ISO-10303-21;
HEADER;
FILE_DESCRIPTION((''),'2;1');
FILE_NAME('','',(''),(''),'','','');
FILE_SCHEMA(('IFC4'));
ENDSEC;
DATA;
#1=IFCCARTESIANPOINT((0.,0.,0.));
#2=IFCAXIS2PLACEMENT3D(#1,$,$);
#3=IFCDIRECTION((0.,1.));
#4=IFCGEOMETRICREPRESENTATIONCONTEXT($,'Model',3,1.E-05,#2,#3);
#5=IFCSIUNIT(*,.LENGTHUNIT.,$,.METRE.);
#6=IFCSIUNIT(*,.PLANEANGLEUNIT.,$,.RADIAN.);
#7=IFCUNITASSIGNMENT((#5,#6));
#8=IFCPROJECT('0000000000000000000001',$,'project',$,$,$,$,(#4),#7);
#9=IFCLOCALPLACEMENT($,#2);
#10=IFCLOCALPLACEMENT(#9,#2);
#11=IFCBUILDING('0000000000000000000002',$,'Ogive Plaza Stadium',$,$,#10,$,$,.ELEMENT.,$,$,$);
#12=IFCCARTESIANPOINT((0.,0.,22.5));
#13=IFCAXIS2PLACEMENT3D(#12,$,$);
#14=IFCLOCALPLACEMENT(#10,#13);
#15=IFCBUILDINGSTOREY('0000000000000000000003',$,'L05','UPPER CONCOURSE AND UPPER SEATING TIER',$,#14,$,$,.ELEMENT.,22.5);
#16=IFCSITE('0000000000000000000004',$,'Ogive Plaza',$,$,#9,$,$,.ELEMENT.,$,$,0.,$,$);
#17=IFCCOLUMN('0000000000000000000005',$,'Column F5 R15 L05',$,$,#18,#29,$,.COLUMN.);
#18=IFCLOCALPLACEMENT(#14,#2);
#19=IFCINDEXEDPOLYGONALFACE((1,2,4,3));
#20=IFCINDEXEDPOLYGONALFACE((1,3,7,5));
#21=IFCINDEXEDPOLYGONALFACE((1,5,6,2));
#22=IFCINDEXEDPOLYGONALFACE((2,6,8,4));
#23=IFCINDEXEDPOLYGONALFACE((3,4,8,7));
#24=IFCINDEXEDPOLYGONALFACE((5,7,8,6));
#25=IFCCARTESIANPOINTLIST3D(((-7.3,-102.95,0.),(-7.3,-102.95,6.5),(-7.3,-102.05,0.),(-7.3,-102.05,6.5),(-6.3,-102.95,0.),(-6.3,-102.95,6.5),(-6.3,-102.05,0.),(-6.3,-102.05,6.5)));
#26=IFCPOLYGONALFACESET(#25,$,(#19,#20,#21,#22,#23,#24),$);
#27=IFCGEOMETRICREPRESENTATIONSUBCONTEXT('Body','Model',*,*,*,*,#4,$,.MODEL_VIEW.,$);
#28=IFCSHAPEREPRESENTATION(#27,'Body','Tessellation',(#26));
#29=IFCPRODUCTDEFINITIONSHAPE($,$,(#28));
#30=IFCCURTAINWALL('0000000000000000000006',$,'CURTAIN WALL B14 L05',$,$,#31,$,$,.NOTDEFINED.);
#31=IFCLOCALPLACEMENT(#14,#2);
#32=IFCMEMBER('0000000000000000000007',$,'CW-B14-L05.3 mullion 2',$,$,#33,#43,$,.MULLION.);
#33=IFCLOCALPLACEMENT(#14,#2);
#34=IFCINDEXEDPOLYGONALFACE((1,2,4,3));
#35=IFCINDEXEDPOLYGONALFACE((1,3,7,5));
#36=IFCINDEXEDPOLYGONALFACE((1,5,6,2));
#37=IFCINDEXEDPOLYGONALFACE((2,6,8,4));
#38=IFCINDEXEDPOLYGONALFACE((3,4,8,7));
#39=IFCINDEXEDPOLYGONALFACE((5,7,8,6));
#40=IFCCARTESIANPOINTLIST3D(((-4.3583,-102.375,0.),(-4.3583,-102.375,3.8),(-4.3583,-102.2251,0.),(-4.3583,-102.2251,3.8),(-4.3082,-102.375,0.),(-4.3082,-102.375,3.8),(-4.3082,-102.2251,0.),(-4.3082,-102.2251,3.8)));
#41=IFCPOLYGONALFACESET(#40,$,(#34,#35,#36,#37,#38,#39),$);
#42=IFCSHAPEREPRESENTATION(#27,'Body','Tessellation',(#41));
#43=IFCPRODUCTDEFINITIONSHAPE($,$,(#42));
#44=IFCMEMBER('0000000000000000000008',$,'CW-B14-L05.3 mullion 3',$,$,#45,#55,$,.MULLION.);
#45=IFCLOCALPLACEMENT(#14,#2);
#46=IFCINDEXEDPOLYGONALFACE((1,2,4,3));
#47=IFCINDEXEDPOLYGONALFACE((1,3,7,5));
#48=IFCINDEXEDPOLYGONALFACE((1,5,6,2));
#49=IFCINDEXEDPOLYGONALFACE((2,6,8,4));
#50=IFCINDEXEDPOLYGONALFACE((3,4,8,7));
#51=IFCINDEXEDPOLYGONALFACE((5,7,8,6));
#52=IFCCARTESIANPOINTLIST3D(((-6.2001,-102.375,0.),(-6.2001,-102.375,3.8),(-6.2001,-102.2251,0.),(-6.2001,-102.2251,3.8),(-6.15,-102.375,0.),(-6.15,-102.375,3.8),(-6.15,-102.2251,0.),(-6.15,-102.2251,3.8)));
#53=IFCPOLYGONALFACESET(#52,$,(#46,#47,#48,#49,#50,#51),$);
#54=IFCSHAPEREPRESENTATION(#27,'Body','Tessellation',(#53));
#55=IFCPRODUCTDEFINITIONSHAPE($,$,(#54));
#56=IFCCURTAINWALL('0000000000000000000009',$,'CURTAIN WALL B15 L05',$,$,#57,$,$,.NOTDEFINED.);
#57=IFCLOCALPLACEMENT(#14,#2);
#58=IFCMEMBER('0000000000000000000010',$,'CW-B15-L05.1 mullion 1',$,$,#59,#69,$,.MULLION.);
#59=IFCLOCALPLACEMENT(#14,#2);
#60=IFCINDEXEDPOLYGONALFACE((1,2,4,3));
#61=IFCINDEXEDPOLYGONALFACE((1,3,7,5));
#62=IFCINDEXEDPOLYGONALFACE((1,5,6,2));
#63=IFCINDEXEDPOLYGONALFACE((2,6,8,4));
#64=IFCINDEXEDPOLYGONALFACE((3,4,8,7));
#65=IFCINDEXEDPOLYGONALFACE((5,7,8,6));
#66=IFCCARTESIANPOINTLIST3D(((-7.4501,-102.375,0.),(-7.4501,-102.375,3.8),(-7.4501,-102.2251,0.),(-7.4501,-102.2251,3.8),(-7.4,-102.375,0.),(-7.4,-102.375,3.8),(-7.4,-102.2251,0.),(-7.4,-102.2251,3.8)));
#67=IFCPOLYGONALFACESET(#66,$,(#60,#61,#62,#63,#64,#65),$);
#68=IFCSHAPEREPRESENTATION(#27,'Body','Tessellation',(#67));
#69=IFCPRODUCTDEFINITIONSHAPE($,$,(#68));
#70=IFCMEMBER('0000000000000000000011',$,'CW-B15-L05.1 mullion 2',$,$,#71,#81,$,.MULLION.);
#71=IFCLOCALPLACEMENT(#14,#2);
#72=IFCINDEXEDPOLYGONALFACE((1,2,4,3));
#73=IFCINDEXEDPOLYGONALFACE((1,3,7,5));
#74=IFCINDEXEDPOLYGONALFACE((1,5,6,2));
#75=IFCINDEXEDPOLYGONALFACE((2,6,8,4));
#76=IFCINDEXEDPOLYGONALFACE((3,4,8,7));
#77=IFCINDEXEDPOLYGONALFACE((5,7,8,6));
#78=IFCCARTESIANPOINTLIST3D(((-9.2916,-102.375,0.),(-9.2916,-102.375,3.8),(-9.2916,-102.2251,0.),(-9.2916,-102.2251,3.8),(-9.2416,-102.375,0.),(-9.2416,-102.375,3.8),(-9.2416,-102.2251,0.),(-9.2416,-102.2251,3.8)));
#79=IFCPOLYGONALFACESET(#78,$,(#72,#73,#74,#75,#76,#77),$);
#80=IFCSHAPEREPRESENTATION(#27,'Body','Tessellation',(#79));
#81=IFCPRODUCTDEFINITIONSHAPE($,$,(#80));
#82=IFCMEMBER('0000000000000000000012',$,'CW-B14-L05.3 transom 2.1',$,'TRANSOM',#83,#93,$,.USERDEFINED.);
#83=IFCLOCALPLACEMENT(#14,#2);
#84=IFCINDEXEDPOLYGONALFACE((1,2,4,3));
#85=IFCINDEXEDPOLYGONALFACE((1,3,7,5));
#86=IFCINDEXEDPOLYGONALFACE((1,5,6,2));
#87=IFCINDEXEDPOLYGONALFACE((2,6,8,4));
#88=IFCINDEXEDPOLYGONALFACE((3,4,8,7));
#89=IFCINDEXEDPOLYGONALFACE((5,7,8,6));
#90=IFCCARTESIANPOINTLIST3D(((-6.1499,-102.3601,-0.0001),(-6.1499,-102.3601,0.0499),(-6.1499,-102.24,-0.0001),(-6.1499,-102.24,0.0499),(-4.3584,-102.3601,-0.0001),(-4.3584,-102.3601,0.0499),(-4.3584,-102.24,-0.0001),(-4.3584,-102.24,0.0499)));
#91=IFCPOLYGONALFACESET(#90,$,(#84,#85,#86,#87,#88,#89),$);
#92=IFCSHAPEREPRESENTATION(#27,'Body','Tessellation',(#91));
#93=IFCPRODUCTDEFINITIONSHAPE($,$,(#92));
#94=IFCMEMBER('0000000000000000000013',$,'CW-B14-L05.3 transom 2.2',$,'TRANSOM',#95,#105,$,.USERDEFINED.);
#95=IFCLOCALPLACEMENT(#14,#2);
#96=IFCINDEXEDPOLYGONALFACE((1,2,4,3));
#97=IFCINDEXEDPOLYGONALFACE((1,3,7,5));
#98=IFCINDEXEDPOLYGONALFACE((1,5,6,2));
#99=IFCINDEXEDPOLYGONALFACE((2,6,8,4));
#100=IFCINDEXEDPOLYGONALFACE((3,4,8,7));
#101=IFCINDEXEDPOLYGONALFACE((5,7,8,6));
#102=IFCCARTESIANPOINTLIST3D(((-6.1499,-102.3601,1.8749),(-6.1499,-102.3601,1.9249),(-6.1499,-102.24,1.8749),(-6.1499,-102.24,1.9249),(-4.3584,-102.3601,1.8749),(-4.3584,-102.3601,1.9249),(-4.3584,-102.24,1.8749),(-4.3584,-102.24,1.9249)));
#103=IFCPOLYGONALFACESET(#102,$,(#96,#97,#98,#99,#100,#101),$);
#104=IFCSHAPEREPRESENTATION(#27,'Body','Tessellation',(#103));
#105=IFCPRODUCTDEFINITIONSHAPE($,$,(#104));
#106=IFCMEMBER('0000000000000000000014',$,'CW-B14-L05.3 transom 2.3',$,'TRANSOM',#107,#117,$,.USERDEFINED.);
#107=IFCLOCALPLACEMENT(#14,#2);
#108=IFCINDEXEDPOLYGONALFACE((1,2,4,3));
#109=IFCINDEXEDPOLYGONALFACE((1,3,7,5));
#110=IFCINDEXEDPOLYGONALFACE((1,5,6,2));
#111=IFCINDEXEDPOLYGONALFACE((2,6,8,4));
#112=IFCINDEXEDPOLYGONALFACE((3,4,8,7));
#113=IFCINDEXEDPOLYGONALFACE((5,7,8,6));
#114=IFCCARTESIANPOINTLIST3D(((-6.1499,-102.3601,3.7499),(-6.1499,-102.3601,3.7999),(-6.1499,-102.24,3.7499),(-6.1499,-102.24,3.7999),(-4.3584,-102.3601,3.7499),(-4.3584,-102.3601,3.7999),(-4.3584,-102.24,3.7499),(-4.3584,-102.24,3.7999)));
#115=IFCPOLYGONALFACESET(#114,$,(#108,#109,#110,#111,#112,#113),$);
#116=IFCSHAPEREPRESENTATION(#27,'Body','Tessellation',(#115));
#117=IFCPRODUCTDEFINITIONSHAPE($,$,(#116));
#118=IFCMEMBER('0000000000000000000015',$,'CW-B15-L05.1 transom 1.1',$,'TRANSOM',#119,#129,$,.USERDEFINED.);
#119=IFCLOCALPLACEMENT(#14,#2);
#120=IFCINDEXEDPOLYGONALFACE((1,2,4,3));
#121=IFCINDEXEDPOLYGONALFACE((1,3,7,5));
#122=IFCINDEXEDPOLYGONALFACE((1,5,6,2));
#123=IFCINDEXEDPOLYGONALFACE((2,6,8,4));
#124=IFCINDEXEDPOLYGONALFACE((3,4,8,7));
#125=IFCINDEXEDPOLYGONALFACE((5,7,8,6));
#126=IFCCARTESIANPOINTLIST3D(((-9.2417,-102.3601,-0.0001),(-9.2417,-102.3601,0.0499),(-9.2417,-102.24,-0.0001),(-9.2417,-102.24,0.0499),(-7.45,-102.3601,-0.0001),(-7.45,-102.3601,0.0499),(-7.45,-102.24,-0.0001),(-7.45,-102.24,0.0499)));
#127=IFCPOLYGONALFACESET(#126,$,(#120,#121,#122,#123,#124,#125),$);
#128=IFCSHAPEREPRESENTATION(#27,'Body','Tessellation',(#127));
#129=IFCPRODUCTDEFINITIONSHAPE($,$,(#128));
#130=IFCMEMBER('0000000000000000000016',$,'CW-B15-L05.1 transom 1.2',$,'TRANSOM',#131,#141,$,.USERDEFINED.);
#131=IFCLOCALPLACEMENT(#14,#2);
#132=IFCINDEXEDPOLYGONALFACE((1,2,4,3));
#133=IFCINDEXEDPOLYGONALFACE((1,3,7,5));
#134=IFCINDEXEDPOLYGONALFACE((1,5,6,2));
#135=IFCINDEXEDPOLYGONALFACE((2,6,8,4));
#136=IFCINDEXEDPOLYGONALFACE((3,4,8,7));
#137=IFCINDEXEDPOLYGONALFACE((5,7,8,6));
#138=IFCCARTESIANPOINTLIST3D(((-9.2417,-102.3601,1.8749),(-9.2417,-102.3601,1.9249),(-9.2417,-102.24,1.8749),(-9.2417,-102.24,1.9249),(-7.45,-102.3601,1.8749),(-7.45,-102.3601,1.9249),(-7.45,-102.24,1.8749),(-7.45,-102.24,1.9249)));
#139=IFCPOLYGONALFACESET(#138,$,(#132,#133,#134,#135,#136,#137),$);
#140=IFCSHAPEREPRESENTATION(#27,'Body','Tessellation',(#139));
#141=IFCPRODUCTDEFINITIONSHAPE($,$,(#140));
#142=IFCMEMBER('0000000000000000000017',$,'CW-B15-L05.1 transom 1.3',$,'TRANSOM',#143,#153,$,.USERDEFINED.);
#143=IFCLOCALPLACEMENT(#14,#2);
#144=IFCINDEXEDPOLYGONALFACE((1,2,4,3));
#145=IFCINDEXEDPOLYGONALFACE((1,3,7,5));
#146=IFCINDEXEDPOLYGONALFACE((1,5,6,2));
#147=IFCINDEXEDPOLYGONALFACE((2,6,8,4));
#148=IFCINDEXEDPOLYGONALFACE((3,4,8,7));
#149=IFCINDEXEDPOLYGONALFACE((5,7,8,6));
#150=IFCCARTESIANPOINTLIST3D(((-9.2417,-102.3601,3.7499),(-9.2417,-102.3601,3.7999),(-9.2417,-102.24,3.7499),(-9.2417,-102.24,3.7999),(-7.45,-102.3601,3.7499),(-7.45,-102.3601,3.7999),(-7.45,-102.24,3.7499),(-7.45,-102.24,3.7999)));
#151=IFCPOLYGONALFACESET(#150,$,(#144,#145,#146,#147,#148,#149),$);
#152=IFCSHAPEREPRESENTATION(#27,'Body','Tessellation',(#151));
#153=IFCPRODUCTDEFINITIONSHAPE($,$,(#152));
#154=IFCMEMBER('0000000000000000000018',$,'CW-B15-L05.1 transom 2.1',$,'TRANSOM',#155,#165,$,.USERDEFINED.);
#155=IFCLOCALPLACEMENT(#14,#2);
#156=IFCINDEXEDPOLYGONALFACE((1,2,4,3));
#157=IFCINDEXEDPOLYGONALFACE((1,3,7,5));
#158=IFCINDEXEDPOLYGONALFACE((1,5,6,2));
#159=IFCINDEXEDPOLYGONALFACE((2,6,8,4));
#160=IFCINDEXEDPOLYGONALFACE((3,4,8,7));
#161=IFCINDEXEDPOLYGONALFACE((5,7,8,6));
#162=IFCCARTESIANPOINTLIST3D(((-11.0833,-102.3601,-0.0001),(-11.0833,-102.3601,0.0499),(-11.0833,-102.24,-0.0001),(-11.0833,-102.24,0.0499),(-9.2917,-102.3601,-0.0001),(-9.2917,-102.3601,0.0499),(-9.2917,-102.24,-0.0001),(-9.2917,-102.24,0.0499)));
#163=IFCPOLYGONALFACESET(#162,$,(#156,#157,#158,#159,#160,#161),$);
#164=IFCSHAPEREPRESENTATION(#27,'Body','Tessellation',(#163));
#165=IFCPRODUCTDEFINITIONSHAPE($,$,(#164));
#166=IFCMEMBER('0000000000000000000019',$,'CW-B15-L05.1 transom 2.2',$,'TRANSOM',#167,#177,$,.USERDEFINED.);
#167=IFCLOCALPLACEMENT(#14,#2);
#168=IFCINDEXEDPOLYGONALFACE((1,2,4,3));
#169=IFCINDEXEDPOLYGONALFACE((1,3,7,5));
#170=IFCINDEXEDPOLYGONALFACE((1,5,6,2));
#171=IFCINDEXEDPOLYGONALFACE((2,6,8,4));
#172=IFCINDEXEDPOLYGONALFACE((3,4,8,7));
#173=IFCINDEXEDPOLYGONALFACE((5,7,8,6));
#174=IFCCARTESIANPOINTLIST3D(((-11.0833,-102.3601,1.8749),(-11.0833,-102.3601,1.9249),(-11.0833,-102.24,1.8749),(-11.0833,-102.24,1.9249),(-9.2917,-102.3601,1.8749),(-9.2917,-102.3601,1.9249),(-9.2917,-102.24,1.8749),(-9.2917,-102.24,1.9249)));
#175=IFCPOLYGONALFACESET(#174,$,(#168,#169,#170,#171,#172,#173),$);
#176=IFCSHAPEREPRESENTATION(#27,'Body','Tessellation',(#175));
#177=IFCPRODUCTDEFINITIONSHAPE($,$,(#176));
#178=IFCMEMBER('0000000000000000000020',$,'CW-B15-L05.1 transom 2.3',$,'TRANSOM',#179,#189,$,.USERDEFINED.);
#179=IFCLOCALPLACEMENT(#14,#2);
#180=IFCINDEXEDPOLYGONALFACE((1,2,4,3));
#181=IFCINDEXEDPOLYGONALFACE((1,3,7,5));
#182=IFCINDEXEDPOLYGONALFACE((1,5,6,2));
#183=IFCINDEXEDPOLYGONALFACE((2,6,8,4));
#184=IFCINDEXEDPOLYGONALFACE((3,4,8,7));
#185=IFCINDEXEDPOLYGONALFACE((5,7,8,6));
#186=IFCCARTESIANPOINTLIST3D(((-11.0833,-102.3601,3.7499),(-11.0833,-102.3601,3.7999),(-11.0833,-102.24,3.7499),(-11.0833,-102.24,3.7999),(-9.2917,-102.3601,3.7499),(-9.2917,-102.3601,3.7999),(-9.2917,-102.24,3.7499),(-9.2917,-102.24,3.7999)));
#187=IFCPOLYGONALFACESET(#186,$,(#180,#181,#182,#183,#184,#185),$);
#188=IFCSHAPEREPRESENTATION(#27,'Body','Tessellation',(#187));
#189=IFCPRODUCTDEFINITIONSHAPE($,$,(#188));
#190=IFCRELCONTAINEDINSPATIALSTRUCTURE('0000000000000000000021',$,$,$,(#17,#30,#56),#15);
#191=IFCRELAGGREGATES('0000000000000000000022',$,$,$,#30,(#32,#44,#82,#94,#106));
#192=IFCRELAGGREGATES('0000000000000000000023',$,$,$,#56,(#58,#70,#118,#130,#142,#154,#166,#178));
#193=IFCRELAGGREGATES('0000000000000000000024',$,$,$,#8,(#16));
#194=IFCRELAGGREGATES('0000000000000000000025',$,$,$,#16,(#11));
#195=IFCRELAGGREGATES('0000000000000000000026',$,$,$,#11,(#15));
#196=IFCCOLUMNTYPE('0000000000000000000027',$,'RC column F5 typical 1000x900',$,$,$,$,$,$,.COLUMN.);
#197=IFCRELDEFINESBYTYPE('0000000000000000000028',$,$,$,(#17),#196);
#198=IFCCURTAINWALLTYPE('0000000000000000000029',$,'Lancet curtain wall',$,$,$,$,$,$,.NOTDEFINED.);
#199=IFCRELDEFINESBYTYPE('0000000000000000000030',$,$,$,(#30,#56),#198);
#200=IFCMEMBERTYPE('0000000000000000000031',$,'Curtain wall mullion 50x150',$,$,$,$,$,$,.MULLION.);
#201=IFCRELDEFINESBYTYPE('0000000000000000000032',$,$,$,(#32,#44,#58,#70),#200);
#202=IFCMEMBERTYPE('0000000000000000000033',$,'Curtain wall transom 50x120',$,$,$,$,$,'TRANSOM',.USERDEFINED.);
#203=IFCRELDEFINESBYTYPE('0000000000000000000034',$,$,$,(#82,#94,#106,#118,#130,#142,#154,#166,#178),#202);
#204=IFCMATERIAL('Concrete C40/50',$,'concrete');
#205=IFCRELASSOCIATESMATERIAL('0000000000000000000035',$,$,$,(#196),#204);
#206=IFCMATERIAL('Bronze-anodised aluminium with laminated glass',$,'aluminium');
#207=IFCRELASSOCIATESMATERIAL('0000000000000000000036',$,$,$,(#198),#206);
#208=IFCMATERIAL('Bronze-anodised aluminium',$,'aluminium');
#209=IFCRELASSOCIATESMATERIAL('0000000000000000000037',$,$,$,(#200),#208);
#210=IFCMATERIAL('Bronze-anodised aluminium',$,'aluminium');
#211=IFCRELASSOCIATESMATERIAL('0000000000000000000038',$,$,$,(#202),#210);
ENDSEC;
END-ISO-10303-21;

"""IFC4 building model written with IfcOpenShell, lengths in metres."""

from ifc_helpers import new_model, si_unit, direction, frame, origin, origin_2d, place, context, subcontext, project, spatial, rectangle, extrude, material, material_profile, profile_set, type_object, element, aggregate, save


model = new_model("IFC4")

# Units and contexts
model_context = context("Model", 3, precision=1e-05, world=origin(), true_north=direction((0.0, 1.0)))
body_context = subcontext(model_context, "Body", "Model", "MODEL_VIEW")
ifc_project = project(units=[si_unit("LENGTHUNIT", "METRE"), si_unit("PLANEANGLEUNIT", "RADIAN")], contexts=[model_context])

# Site, building, storey
site_placement = place(None, origin())
site = spatial("IfcSite", under=ifc_project, at=site_placement, Name="Ogive Plaza", CompositionType="ELEMENT", RefElevation=0.0)
building_placement = place(site_placement, origin())
building = spatial("IfcBuilding", under=site, at=building_placement, Name="Ogive Plaza Stadium", CompositionType="ELEMENT")
storey_placement = place(building_placement, frame((0.0, 0.0, 22.5)))
storey = spatial("IfcBuildingStorey", under=building, at=storey_placement, Name="L05", Description="UPPER CONCOURSE AND UPPER SEATING TIER", CompositionType="ELEMENT", Elevation=22.5)

# Column
ifc_material_1 = material(Name="Concrete C40/50", Category="concrete")
ifc_material_profile_1 = material_profile(ifc_material_1, rectangle(XDim=1.0, YDim=0.8999, at=origin_2d()), Name="RC 1000x900")
ifc_profile_set_1 = profile_set([ifc_material_profile_1], Name="Concrete C40/50")
column_type = type_object("IfcColumnType", Name="RC column F5 typical 1000x900", PredefinedType="COLUMN", material=ifc_profile_set_1)
column_placement = place(storey_placement, frame((-6.8, -102.5, 0.0), z_axis=(0.0, 0.0, 1.0), x_axis=(1.0, 0.0, 0.0)))
element("IfcColumn", 1, at=column_placement, inside=storey, type_object=column_type, Name="Column F5 R15 L05", PredefinedType="COLUMN", context=body_context, shape_type="SweptSolid", body=[
    extrude(rectangle(XDim=1.0, YDim=0.8999, at=origin_2d()), origin(), (0.0, 0.0, 1.0), 6.5),
])

# Curtain walls, members
ifc_material_2 = material(Name="Bronze-anodised aluminium with laminated glass", Category="aluminium")
curtain_wall_type = type_object("IfcCurtainWallType", Name="Lancet curtain wall", PredefinedType="NOTDEFINED", material=ifc_material_2)
curtain_wall_1_placement = place(storey_placement, origin())
curtain_wall_1 = element("IfcCurtainWall", 2, at=curtain_wall_1_placement, inside=storey, type_object=curtain_wall_type, Name="CURTAIN WALL B14 L05", PredefinedType="NOTDEFINED")
ifc_material_3 = material(Name="Bronze-anodised aluminium", Category="aluminium")
ifc_material_profile_2 = material_profile(ifc_material_3, rectangle(XDim=0.1499, YDim=0.05, at=origin_2d()), Name="AL 150x50")
ifc_profile_set_2 = profile_set([ifc_material_profile_2], Name="Bronze-anodised aluminium")
member_type_1 = type_object("IfcMemberType", Name="Curtain wall mullion 50x150", PredefinedType="MULLION", material=ifc_profile_set_2)
member_1_placement = place(storey_placement, frame((-4.3333, -102.3, 0.0), z_axis=(0.0, 0.0, 1.0), x_axis=(0.0, -1.0, 0.0)))
member_1 = element("IfcMember", 3, at=member_1_placement, type_object=member_type_1, Name="CW-B14-L05.3 mullion 2", PredefinedType="MULLION", context=body_context, shape_type="SweptSolid", body=[
    extrude(rectangle(XDim=0.1499, YDim=0.05, at=origin_2d()), origin(), (0.0, 0.0, 1.0), 3.8),
])
member_2_placement = place(storey_placement, frame((-6.175, -102.3, 0.0), z_axis=(0.0, 0.0, 1.0), x_axis=(0.0, -1.0, 0.0)))
member_2 = element("IfcMember", 4, at=member_2_placement, type_object=member_type_1, Name="CW-B14-L05.3 mullion 3", PredefinedType="MULLION", context=body_context, shape_type="SweptSolid", body=[
    extrude(rectangle(XDim=0.1499, YDim=0.05, at=origin_2d()), origin(), (0.0, 0.0, 1.0), 3.8),
])
curtain_wall_2_placement = place(storey_placement, origin())
curtain_wall_2 = element("IfcCurtainWall", 5, at=curtain_wall_2_placement, inside=storey, type_object=curtain_wall_type, Name="CURTAIN WALL B15 L05", PredefinedType="NOTDEFINED")
member_3_placement = place(storey_placement, frame((-7.425, -102.3, 0.0), z_axis=(0.0, 0.0, 1.0), x_axis=(0.0, -1.0, 0.0)))
member_3 = element("IfcMember", 6, at=member_3_placement, type_object=member_type_1, Name="CW-B15-L05.1 mullion 1", PredefinedType="MULLION", context=body_context, shape_type="SweptSolid", body=[
    extrude(rectangle(XDim=0.1499, YDim=0.05, at=origin_2d()), origin(), (0.0, 0.0, 1.0), 3.8),
])
member_4_placement = place(storey_placement, frame((-9.2666, -102.3, 0.0), z_axis=(0.0, 0.0, 1.0), x_axis=(0.0, -1.0, 0.0)))
member_4 = element("IfcMember", 7, at=member_4_placement, type_object=member_type_1, Name="CW-B15-L05.1 mullion 2", PredefinedType="MULLION", context=body_context, shape_type="SweptSolid", body=[
    extrude(rectangle(XDim=0.1499, YDim=0.05, at=origin_2d()), origin(), (0.0, 0.0, 1.0), 3.8),
])

# Members
ifc_material_4 = material(Name="Bronze-anodised aluminium", Category="aluminium")
ifc_material_profile_3 = material_profile(ifc_material_4, rectangle(XDim=0.1201, YDim=0.05, at=origin_2d()), Name="AL 120x50")
ifc_profile_set_3 = profile_set([ifc_material_profile_3], Name="Bronze-anodised aluminium")
member_type_2 = type_object("IfcMemberType", Name="Curtain wall transom 50x120", ElementType="TRANSOM", PredefinedType="USERDEFINED", material=ifc_profile_set_3)
member_5_placement = place(storey_placement, frame((-4.3584, -102.3, 0.0249), z_axis=(-1.0, 0.0, 0.0), x_axis=(0.0, -1.0, 0.0)))
member_5 = element("IfcMember", 8, at=member_5_placement, type_object=member_type_2, Name="CW-B14-L05.3 transom 2.1", ObjectType="TRANSOM", PredefinedType="USERDEFINED", context=body_context, shape_type="SweptSolid", body=[
    extrude(rectangle(XDim=0.1201, YDim=0.05, at=origin_2d()), origin(), (0.0, 0.0, 1.0), 1.7915),
])
member_6_placement = place(storey_placement, frame((-4.3584, -102.3, 1.8999), z_axis=(-1.0, 0.0, 0.0), x_axis=(0.0, -1.0, 0.0)))
member_6 = element("IfcMember", 9, at=member_6_placement, type_object=member_type_2, Name="CW-B14-L05.3 transom 2.2", ObjectType="TRANSOM", PredefinedType="USERDEFINED", context=body_context, shape_type="SweptSolid", body=[
    extrude(rectangle(XDim=0.1201, YDim=0.05, at=origin_2d()), origin(), (0.0, 0.0, 1.0), 1.7915),
])
member_7_placement = place(storey_placement, frame((-4.3584, -102.3, 3.7749), z_axis=(-1.0, 0.0, 0.0), x_axis=(0.0, -1.0, 0.0)))
member_7 = element("IfcMember", 10, at=member_7_placement, type_object=member_type_2, Name="CW-B14-L05.3 transom 2.3", ObjectType="TRANSOM", PredefinedType="USERDEFINED", context=body_context, shape_type="SweptSolid", body=[
    extrude(rectangle(XDim=0.1201, YDim=0.05, at=origin_2d()), origin(), (0.0, 0.0, 1.0), 1.7915),
])
member_8_placement = place(storey_placement, frame((-7.45, -102.3, 0.0249), z_axis=(-1.0, 0.0, 0.0), x_axis=(0.0, -1.0, 0.0)))
member_8 = element("IfcMember", 11, at=member_8_placement, type_object=member_type_2, Name="CW-B15-L05.1 transom 1.1", ObjectType="TRANSOM", PredefinedType="USERDEFINED", context=body_context, shape_type="SweptSolid", body=[
    extrude(rectangle(XDim=0.1201, YDim=0.05, at=origin_2d()), origin(), (0.0, 0.0, 1.0), 1.7917),
])
member_9_placement = place(storey_placement, frame((-7.45, -102.3, 1.8999), z_axis=(-1.0, 0.0, 0.0), x_axis=(0.0, -1.0, 0.0)))
member_9 = element("IfcMember", 12, at=member_9_placement, type_object=member_type_2, Name="CW-B15-L05.1 transom 1.2", ObjectType="TRANSOM", PredefinedType="USERDEFINED", context=body_context, shape_type="SweptSolid", body=[
    extrude(rectangle(XDim=0.1201, YDim=0.05, at=origin_2d()), origin(), (0.0, 0.0, 1.0), 1.7917),
])
member_10_placement = place(storey_placement, frame((-7.45, -102.3, 3.7749), z_axis=(-1.0, 0.0, 0.0), x_axis=(0.0, -1.0, 0.0)))
member_10 = element("IfcMember", 13, at=member_10_placement, type_object=member_type_2, Name="CW-B15-L05.1 transom 1.3", ObjectType="TRANSOM", PredefinedType="USERDEFINED", context=body_context, shape_type="SweptSolid", body=[
    extrude(rectangle(XDim=0.1201, YDim=0.05, at=origin_2d()), origin(), (0.0, 0.0, 1.0), 1.7917),
])
member_11_placement = place(storey_placement, frame((-9.2917, -102.3, 0.0249), z_axis=(-1.0, 0.0, 0.0), x_axis=(0.0, -1.0, 0.0)))
member_11 = element("IfcMember", 14, at=member_11_placement, type_object=member_type_2, Name="CW-B15-L05.1 transom 2.1", ObjectType="TRANSOM", PredefinedType="USERDEFINED", context=body_context, shape_type="SweptSolid", body=[
    extrude(rectangle(XDim=0.1201, YDim=0.05, at=origin_2d()), origin(), (0.0, 0.0, 1.0), 1.7915),
])
member_12_placement = place(storey_placement, frame((-9.2917, -102.3, 1.8999), z_axis=(-1.0, 0.0, 0.0), x_axis=(0.0, -1.0, 0.0)))
member_12 = element("IfcMember", 15, at=member_12_placement, type_object=member_type_2, Name="CW-B15-L05.1 transom 2.2", ObjectType="TRANSOM", PredefinedType="USERDEFINED", context=body_context, shape_type="SweptSolid", body=[
    extrude(rectangle(XDim=0.1201, YDim=0.05, at=origin_2d()), origin(), (0.0, 0.0, 1.0), 1.7915),
])
member_13_placement = place(storey_placement, frame((-9.2917, -102.3, 3.7749), z_axis=(-1.0, 0.0, 0.0), x_axis=(0.0, -1.0, 0.0)))
member_13 = element("IfcMember", 16, at=member_13_placement, type_object=member_type_2, Name="CW-B15-L05.1 transom 2.3", ObjectType="TRANSOM", PredefinedType="USERDEFINED", context=body_context, shape_type="SweptSolid", body=[
    extrude(rectangle(XDim=0.1201, YDim=0.05, at=origin_2d()), origin(), (0.0, 0.0, 1.0), 1.7915),
])

aggregate(curtain_wall_1, [member_1, member_2, member_5, member_6, member_7])
aggregate(curtain_wall_2, [member_3, member_4, member_8, member_9, member_10, member_11, member_12, member_13])

save(model, "model.ifc")
